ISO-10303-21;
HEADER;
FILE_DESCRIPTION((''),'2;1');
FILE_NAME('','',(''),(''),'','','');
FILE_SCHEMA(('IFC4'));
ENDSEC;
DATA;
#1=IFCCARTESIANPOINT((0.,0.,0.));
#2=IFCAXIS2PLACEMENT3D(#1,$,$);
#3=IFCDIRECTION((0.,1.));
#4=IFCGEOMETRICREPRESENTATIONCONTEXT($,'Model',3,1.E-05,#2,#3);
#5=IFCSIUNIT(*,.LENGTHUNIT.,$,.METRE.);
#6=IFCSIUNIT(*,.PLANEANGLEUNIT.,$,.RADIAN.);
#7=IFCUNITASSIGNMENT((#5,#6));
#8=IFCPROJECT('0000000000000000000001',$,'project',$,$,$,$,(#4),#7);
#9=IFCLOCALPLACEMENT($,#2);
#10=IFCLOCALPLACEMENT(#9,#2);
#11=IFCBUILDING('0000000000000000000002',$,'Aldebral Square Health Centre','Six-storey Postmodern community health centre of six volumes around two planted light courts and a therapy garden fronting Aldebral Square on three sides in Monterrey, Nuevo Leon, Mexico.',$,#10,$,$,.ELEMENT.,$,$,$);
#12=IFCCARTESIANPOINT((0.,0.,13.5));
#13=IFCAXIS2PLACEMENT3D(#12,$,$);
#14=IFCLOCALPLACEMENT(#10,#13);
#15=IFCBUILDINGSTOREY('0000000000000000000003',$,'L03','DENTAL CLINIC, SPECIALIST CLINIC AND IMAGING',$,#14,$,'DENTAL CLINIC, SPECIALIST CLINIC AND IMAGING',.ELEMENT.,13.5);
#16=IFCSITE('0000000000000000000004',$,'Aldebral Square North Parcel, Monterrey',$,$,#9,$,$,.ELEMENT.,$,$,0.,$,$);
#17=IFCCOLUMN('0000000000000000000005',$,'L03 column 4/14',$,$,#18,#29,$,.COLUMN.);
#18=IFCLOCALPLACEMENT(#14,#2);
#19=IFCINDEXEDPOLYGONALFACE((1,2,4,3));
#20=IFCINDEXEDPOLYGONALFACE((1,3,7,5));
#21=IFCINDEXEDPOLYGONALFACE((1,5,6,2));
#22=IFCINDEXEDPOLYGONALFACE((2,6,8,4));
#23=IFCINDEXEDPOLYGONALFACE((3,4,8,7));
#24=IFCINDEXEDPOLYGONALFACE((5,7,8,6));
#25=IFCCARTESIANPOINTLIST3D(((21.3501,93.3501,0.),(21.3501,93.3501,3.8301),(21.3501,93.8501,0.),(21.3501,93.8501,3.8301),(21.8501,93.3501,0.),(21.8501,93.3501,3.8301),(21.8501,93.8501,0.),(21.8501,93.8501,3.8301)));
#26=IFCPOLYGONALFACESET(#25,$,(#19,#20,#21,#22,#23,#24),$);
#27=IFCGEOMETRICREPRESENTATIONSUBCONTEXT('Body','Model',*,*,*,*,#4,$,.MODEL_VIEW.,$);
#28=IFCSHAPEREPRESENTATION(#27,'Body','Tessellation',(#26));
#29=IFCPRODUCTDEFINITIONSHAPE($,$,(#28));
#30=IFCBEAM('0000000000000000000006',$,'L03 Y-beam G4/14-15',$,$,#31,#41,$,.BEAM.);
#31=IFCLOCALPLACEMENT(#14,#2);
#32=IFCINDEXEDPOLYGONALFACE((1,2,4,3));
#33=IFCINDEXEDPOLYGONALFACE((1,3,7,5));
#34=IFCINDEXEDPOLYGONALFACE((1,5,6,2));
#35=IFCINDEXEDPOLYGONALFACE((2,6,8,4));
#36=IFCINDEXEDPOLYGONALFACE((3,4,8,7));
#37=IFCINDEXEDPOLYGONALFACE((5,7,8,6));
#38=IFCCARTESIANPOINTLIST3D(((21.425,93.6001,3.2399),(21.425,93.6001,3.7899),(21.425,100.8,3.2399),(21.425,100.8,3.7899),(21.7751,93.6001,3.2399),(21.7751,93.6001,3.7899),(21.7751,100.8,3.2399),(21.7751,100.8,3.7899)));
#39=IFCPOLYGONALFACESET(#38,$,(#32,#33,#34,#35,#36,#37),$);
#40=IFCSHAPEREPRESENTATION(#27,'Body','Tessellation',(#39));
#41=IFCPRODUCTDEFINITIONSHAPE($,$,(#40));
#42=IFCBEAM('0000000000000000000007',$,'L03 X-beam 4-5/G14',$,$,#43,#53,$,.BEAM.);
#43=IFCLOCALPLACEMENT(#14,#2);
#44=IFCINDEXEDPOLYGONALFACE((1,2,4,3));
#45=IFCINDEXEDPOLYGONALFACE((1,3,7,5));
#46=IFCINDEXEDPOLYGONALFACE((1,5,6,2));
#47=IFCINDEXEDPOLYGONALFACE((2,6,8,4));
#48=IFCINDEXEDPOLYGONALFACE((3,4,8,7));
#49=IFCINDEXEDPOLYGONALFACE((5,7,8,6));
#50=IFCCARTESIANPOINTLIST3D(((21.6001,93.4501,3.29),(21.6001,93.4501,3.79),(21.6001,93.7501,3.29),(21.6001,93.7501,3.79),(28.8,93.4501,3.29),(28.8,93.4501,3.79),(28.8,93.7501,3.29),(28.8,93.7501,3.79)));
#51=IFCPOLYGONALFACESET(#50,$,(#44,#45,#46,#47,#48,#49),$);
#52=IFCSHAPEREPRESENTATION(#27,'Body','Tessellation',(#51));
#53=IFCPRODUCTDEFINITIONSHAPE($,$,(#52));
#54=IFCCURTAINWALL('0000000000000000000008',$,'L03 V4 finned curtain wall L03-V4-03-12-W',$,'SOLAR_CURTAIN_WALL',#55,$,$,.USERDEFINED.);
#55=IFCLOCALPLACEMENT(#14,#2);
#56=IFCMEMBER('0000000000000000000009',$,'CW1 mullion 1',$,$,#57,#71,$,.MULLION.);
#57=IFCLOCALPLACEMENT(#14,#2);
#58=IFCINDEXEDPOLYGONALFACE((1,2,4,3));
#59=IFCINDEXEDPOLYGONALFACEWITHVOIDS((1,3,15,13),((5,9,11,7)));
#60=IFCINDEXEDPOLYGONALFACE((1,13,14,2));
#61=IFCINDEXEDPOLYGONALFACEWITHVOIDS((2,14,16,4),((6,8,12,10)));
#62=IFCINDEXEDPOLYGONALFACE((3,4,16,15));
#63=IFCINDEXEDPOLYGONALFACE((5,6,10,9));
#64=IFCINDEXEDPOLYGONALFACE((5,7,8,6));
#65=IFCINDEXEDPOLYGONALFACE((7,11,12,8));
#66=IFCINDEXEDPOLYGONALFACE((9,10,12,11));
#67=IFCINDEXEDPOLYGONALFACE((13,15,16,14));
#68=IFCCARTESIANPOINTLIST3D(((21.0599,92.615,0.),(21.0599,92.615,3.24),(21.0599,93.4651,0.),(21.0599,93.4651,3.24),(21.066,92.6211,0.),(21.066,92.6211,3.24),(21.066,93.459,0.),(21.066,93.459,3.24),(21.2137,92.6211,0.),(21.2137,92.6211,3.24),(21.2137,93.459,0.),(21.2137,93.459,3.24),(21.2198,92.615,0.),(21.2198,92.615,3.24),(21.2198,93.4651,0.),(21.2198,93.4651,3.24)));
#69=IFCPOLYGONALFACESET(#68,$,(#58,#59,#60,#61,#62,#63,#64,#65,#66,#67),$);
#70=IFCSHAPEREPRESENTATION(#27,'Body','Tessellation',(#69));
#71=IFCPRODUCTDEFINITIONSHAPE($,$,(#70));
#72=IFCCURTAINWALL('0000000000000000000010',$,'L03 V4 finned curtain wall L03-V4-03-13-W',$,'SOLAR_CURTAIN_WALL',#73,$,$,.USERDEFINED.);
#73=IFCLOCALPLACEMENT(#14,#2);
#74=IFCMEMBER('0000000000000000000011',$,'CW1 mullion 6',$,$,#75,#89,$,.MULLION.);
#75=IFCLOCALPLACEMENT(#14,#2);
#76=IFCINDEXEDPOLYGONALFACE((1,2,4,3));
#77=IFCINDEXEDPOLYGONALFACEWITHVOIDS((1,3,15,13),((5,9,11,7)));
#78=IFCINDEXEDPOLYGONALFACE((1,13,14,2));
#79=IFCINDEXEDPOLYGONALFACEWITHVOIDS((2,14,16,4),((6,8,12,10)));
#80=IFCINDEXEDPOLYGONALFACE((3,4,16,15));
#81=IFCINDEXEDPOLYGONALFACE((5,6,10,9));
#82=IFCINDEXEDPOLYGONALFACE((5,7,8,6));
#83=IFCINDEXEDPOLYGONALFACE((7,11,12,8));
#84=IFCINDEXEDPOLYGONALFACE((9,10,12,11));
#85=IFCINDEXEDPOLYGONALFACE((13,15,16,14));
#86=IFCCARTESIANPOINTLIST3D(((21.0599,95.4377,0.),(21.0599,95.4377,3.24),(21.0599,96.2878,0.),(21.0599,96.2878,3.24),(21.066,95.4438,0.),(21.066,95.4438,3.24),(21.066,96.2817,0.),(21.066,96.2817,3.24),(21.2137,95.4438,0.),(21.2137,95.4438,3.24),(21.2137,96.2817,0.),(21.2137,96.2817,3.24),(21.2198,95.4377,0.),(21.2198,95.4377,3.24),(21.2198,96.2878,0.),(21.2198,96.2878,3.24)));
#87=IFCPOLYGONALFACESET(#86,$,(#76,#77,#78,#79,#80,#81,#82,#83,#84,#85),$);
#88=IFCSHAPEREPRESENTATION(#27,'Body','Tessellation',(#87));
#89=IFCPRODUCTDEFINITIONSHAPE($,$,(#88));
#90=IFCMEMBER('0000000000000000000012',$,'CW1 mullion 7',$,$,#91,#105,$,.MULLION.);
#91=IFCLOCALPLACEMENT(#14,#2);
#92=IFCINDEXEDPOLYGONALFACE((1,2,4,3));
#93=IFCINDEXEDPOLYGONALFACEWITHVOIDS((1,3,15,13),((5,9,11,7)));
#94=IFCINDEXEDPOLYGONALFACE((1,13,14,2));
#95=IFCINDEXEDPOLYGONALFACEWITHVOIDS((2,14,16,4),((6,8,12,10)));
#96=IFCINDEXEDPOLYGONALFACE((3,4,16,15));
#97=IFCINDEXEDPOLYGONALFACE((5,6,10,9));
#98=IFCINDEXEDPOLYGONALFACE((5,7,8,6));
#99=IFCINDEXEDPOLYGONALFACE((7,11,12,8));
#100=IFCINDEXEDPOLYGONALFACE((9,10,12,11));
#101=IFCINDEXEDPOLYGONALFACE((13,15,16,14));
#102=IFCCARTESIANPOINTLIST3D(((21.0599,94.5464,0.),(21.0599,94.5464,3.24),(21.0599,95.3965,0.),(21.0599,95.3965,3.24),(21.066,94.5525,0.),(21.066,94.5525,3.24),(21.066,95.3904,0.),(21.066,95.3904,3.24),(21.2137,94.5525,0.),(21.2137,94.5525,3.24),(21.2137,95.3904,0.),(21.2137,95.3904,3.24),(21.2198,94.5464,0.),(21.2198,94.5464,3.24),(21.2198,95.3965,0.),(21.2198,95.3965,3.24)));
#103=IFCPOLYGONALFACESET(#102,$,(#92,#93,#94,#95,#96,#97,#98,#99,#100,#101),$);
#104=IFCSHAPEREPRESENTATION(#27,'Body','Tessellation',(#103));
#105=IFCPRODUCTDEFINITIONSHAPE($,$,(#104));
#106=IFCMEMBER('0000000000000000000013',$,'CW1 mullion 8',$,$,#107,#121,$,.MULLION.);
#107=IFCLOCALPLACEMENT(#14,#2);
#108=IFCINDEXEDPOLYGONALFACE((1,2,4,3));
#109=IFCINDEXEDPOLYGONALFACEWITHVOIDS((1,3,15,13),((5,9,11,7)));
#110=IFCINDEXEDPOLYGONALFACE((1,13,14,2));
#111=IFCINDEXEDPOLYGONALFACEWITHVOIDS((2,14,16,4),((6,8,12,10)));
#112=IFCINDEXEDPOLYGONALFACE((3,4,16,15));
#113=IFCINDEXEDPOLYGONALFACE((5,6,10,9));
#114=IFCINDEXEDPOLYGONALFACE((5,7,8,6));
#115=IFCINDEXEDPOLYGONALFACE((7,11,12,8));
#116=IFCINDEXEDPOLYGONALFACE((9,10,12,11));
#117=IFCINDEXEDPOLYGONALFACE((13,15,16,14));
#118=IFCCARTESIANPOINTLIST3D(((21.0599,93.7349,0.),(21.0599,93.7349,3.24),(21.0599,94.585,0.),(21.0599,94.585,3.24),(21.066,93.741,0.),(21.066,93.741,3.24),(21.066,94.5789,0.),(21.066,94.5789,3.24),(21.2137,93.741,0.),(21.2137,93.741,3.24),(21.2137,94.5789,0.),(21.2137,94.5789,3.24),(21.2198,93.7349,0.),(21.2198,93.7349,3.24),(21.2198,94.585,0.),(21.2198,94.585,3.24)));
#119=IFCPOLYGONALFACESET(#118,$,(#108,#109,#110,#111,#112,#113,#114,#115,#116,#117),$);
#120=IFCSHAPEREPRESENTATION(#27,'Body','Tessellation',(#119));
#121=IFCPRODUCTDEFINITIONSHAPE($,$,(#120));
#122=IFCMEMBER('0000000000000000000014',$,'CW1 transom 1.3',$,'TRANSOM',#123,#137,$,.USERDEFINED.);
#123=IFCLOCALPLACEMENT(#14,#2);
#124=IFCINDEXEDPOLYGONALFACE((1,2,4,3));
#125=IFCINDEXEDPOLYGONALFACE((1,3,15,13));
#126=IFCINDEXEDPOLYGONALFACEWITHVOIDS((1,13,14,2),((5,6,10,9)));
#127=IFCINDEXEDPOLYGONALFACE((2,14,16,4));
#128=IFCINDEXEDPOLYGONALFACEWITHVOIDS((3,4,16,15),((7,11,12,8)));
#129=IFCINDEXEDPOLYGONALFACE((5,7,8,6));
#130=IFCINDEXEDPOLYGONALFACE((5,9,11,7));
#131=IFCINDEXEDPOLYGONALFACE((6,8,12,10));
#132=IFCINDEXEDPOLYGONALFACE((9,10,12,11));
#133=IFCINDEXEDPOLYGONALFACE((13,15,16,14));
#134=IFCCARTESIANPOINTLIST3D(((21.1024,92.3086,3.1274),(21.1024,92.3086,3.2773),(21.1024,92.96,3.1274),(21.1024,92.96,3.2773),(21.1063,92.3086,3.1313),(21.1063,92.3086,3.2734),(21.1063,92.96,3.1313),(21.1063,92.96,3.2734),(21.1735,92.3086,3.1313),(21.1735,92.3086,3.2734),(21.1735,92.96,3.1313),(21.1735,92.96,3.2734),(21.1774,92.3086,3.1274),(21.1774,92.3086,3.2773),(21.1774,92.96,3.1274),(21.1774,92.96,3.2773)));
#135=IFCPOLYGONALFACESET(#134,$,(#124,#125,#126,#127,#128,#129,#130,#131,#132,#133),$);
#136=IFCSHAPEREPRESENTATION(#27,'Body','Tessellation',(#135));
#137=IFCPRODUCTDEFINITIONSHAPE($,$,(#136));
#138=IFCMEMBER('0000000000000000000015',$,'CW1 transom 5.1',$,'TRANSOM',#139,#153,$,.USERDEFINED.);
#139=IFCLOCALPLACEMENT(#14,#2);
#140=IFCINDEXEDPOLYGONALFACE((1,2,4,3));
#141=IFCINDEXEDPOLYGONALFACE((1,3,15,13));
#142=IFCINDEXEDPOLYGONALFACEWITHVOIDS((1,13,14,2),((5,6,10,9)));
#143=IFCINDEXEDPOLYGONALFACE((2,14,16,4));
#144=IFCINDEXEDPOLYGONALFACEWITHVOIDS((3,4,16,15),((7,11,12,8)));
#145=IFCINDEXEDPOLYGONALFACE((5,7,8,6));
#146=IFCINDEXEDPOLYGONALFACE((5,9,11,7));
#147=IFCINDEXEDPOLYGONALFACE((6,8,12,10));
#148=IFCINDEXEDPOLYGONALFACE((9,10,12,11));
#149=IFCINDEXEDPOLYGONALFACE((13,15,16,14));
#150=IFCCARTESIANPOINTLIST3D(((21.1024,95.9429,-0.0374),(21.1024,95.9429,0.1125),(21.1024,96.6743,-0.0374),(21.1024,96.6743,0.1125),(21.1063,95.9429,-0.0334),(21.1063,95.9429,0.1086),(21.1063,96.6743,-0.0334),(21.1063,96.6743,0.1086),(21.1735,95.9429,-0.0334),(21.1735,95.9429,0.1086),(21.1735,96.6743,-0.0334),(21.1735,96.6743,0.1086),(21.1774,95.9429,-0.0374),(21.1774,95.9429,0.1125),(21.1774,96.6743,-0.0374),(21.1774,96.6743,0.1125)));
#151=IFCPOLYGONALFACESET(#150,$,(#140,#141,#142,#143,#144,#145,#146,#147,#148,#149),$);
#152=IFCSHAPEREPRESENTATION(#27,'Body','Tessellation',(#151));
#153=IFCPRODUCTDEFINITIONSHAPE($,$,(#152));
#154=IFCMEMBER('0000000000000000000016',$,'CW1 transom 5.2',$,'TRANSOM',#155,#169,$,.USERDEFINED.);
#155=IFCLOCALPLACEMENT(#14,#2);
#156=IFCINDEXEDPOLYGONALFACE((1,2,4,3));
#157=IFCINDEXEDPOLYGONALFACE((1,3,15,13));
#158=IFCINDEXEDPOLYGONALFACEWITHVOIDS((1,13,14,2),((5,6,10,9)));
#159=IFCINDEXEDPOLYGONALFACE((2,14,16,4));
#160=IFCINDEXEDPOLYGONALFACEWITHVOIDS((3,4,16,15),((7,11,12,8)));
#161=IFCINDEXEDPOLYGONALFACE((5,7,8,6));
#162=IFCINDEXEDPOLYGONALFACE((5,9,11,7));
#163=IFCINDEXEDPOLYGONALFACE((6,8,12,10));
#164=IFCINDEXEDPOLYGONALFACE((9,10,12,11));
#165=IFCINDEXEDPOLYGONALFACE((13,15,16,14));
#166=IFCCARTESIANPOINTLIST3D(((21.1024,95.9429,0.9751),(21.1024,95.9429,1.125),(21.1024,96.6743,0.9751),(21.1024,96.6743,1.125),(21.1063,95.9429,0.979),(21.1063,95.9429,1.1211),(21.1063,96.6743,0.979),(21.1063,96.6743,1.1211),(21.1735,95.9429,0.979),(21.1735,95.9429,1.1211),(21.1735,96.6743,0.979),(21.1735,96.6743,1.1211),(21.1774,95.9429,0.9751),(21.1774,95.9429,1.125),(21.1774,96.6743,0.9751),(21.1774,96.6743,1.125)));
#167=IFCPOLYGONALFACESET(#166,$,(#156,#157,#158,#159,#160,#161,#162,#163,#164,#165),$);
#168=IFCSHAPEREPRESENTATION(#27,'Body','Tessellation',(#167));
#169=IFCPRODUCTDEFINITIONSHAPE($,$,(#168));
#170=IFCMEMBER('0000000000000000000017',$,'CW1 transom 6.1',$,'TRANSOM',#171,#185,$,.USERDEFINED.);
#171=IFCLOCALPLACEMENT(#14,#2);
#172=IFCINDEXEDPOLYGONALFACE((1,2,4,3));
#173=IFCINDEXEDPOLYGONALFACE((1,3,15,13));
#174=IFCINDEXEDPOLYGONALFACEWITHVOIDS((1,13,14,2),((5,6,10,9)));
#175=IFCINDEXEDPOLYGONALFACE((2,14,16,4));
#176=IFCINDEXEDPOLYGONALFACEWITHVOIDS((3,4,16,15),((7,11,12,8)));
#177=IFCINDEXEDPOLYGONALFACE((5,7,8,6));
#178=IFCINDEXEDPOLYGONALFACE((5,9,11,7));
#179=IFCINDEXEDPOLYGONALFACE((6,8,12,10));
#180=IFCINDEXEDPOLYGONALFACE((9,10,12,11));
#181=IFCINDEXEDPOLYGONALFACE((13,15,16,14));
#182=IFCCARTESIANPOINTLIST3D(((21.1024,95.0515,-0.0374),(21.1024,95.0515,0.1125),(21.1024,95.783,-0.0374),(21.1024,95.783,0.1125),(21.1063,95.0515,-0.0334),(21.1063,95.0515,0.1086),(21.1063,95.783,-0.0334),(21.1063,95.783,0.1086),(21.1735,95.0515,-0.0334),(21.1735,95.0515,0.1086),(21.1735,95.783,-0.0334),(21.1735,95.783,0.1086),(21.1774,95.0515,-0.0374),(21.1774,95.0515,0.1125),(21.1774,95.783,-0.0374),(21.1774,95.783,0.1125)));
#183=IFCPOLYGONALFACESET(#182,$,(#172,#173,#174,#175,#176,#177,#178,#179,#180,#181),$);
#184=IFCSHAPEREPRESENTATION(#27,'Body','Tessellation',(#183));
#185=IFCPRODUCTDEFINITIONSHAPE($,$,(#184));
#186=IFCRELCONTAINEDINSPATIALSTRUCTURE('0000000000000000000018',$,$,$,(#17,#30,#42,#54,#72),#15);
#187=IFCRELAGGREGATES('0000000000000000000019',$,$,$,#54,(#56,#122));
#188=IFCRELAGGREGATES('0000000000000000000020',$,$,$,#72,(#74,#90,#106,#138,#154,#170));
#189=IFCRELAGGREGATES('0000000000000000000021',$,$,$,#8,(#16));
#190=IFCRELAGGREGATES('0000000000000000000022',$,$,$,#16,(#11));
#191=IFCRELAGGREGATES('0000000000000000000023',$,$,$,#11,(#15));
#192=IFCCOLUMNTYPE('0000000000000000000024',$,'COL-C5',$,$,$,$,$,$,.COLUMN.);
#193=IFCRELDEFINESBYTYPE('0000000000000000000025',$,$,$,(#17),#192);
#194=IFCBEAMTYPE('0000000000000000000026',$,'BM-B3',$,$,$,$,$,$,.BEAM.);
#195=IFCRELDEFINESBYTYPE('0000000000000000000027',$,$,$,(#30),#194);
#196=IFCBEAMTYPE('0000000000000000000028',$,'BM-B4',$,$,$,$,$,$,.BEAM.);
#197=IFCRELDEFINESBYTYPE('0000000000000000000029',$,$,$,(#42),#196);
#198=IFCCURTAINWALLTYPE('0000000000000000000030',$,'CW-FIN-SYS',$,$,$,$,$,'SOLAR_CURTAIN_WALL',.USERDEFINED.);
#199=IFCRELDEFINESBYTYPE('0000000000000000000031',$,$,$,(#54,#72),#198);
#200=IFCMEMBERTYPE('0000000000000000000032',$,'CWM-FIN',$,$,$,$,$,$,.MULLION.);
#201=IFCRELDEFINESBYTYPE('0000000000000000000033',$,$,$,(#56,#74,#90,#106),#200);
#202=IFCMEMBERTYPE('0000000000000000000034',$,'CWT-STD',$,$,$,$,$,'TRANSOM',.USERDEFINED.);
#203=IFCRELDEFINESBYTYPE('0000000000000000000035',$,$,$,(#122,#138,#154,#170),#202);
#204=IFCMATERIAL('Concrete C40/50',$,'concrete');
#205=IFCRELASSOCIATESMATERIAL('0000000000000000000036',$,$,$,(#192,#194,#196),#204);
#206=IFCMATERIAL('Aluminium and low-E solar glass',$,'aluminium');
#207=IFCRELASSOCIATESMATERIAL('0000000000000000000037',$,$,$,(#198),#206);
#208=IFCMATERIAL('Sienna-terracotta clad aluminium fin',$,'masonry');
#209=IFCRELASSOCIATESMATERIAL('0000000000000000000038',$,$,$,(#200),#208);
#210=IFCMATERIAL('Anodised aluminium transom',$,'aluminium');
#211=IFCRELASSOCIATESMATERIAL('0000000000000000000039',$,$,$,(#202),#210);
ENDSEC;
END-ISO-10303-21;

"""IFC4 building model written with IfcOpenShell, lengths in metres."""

from ifc_helpers import new_model, si_unit, direction, frame, origin, origin_2d, place, context, subcontext, project, spatial, rectangle, hollow_rectangle, extrude, material, material_profile, profile_set, type_object, element, aggregate, save


model = new_model("IFC4")

# Units and contexts
model_context = context("Model", 3, precision=1e-05, world=origin(), true_north=direction((0.0, 1.0)))
body_context = subcontext(model_context, "Body", "Model", "MODEL_VIEW")
ifc_project = project(units=[si_unit("LENGTHUNIT", "METRE"), si_unit("PLANEANGLEUNIT", "RADIAN")], contexts=[model_context])

# Site, building, storey
site_placement = place(None, origin())
site = spatial("IfcSite", under=ifc_project, at=site_placement, Name="Aldebral Square North Parcel, Monterrey", CompositionType="ELEMENT", RefElevation=0.0)
building_placement = place(site_placement, origin())
building = spatial("IfcBuilding", under=site, at=building_placement, Name="Aldebral Square Health Centre", Description="Six-storey Postmodern community health centre of six volumes around two planted light courts and a therapy garden fronting Aldebral Square on three sides in Monterrey, Nuevo Leon, Mexico.", CompositionType="ELEMENT")
storey_placement = place(building_placement, frame((0.0, 0.0, 13.5)))
storey = spatial("IfcBuildingStorey", under=building, at=storey_placement, Name="L03", Description="DENTAL CLINIC, SPECIALIST CLINIC AND IMAGING", LongName="DENTAL CLINIC, SPECIALIST CLINIC AND IMAGING", CompositionType="ELEMENT", Elevation=13.5)

# Column
ifc_material_1 = material(Name="Concrete C40/50", Category="concrete")
ifc_material_profile_1 = material_profile(ifc_material_1, rectangle(XDim=0.5, YDim=0.5, at=origin_2d()), Name="RC 500x500")
ifc_profile_set_1 = profile_set([ifc_material_profile_1], Name="Concrete C40/50")
column_type = type_object("IfcColumnType", Name="COL-C5", PredefinedType="COLUMN", material=ifc_profile_set_1)
column_placement = place(storey_placement, frame((21.6001, 93.6001, 0.0), z_axis=(0.0, 0.0, 1.0), x_axis=(1.0, 0.0, 0.0)))
element("IfcColumn", 1, at=column_placement, inside=storey, type_object=column_type, Name="L03 column 4/14", PredefinedType="COLUMN", context=body_context, shape_type="SweptSolid", body=[
    extrude(rectangle(XDim=0.5, YDim=0.5, at=origin_2d()), origin(), (0.0, 0.0, 1.0), 3.8301),
])

# Beams
ifc_material_profile_2 = material_profile(ifc_material_1, rectangle(XDim=0.3501, YDim=0.55, at=origin_2d()), Name="RC 350x550")
ifc_profile_set_2 = profile_set([ifc_material_profile_2], Name="Concrete C40/50")
beam_type_1 = type_object("IfcBeamType", Name="BM-B3", PredefinedType="BEAM", material=ifc_profile_set_2)
beam_1_placement = place(storey_placement, frame((21.6001, 93.6001, 3.5149), z_axis=(0.0, 1.0, 0.0), x_axis=(-1.0, 0.0, 0.0)))
element("IfcBeam", 2, at=beam_1_placement, inside=storey, type_object=beam_type_1, Name="L03 Y-beam G4/14-15", PredefinedType="BEAM", context=body_context, shape_type="SweptSolid", body=[
    extrude(rectangle(XDim=0.3501, YDim=0.55, at=origin_2d()), origin(), (0.0, 0.0, 1.0), 7.2),
])
ifc_material_profile_3 = material_profile(ifc_material_1, rectangle(XDim=0.3, YDim=0.5, at=origin_2d()), Name="RC 300x500")
ifc_profile_set_3 = profile_set([ifc_material_profile_3], Name="Concrete C40/50")
beam_type_2 = type_object("IfcBeamType", Name="BM-B4", PredefinedType="BEAM", material=ifc_profile_set_3)
beam_2_placement = place(storey_placement, frame((21.6001, 93.6001, 3.54), z_axis=(1.0, 0.0, 0.0), x_axis=(0.0, 1.0, 0.0)))
element("IfcBeam", 3, at=beam_2_placement, inside=storey, type_object=beam_type_2, Name="L03 X-beam 4-5/G14", PredefinedType="BEAM", context=body_context, shape_type="SweptSolid", body=[
    extrude(rectangle(XDim=0.3, YDim=0.5, at=origin_2d()), origin(), (0.0, 0.0, 1.0), 7.2),
])

# Curtain wall, member
ifc_material_2 = material(Name="Aluminium and low-E solar glass", Category="aluminium")
curtain_wall_type = type_object("IfcCurtainWallType", Name="CW-FIN-SYS", ElementType="SOLAR_CURTAIN_WALL", PredefinedType="USERDEFINED", material=ifc_material_2)
curtain_wall_1_placement = place(storey_placement, origin())
curtain_wall_1 = element("IfcCurtainWall", 4, at=curtain_wall_1_placement, inside=storey, type_object=curtain_wall_type, Name="L03 V4 finned curtain wall L03-V4-03-12-W", ObjectType="SOLAR_CURTAIN_WALL", PredefinedType="USERDEFINED")
ifc_material_3 = material(Name="Sienna-terracotta clad aluminium fin", Category="masonry")
ifc_material_profile_4 = material_profile(ifc_material_3, hollow_rectangle(XDim=0.1599, YDim=0.8501, WallThickness=0.0061, at=origin_2d()), Name="FIN 160x850x6")
ifc_profile_set_4 = profile_set([ifc_material_profile_4], Name="Sienna-terracotta clad aluminium fin")
member_type_1 = type_object("IfcMemberType", Name="CWM-FIN", PredefinedType="MULLION", material=ifc_profile_set_4)
member_1_placement = place(storey_placement, frame((21.1399, 93.04, 0.0), z_axis=(0.0, 0.0, 1.0), x_axis=(1.0, 0.0, 0.0)))
member_1 = element("IfcMember", 5, at=member_1_placement, type_object=member_type_1, Name="CW1 mullion 1", PredefinedType="MULLION", context=body_context, shape_type="SweptSolid", body=[
    extrude(hollow_rectangle(XDim=0.1599, YDim=0.8501, WallThickness=0.0061, at=origin_2d()), origin(), (0.0, 0.0, 1.0), 3.24),
])

# Curtain wall, members
curtain_wall_2_placement = place(storey_placement, origin())
curtain_wall_2 = element("IfcCurtainWall", 6, at=curtain_wall_2_placement, inside=storey, type_object=curtain_wall_type, Name="L03 V4 finned curtain wall L03-V4-03-13-W", ObjectType="SOLAR_CURTAIN_WALL", PredefinedType="USERDEFINED")
member_2_placement = place(storey_placement, frame((21.1399, 95.8628, 0.0), z_axis=(0.0, 0.0, 1.0), x_axis=(1.0, 0.0, 0.0)))
member_2 = element("IfcMember", 7, at=member_2_placement, type_object=member_type_1, Name="CW1 mullion 6", PredefinedType="MULLION", context=body_context, shape_type="SweptSolid", body=[
    extrude(hollow_rectangle(XDim=0.1599, YDim=0.8501, WallThickness=0.0061, at=origin_2d()), origin(), (0.0, 0.0, 1.0), 3.24),
])
member_3_placement = place(storey_placement, frame((21.1399, 94.9714, 0.0), z_axis=(0.0, 0.0, 1.0), x_axis=(1.0, 0.0, 0.0)))
member_3 = element("IfcMember", 8, at=member_3_placement, type_object=member_type_1, Name="CW1 mullion 7", PredefinedType="MULLION", context=body_context, shape_type="SweptSolid", body=[
    extrude(hollow_rectangle(XDim=0.1599, YDim=0.8501, WallThickness=0.0061, at=origin_2d()), origin(), (0.0, 0.0, 1.0), 3.24),
])
member_4_placement = place(storey_placement, frame((21.1399, 94.1599, 0.0), z_axis=(0.0, 0.0, 1.0), x_axis=(1.0, 0.0, 0.0)))
member_4 = element("IfcMember", 9, at=member_4_placement, type_object=member_type_1, Name="CW1 mullion 8", PredefinedType="MULLION", context=body_context, shape_type="SweptSolid", body=[
    extrude(hollow_rectangle(XDim=0.1599, YDim=0.8501, WallThickness=0.0061, at=origin_2d()), origin(), (0.0, 0.0, 1.0), 3.24),
])

# Members
ifc_material_4 = material(Name="Anodised aluminium transom", Category="aluminium")
ifc_material_profile_5 = material_profile(ifc_material_4, hollow_rectangle(XDim=0.075, YDim=0.1499, WallThickness=0.0039, at=origin_2d()), Name="CWT 75x150x4")
ifc_profile_set_5 = profile_set([ifc_material_profile_5], Name="Anodised aluminium transom")
member_type_2 = type_object("IfcMemberType", Name="CWT-STD", ElementType="TRANSOM", PredefinedType="USERDEFINED", material=ifc_profile_set_5)
member_5_placement = place(storey_placement, frame((21.1399, 92.96, 3.2024), z_axis=(0.0, -1.0, 0.0), x_axis=(1.0, 0.0, 0.0)))
member_5 = element("IfcMember", 10, at=member_5_placement, type_object=member_type_2, Name="CW1 transom 1.3", ObjectType="TRANSOM", PredefinedType="USERDEFINED", context=body_context, shape_type="SweptSolid", body=[
    extrude(hollow_rectangle(XDim=0.075, YDim=0.1499, WallThickness=0.0039, at=origin_2d()), origin(), (0.0, 0.0, 1.0), 0.6514),
])
aggregate(curtain_wall_1, [member_1, member_5])
member_6_placement = place(storey_placement, frame((21.1399, 96.6743, 0.0376), z_axis=(0.0, -1.0, 0.0), x_axis=(1.0, 0.0, 0.0)))
member_6 = element("IfcMember", 11, at=member_6_placement, type_object=member_type_2, Name="CW1 transom 5.1", ObjectType="TRANSOM", PredefinedType="USERDEFINED", context=body_context, shape_type="SweptSolid", body=[
    extrude(hollow_rectangle(XDim=0.075, YDim=0.1499, WallThickness=0.0039, at=origin_2d()), origin(), (0.0, 0.0, 1.0), 0.7314),
])
member_7_placement = place(storey_placement, frame((21.1399, 96.6743, 1.05), z_axis=(0.0, -1.0, 0.0), x_axis=(1.0, 0.0, 0.0)))
member_7 = element("IfcMember", 12, at=member_7_placement, type_object=member_type_2, Name="CW1 transom 5.2", ObjectType="TRANSOM", PredefinedType="USERDEFINED", context=body_context, shape_type="SweptSolid", body=[
    extrude(hollow_rectangle(XDim=0.075, YDim=0.1499, WallThickness=0.0039, at=origin_2d()), origin(), (0.0, 0.0, 1.0), 0.7314),
])
member_8_placement = place(storey_placement, frame((21.1399, 95.783, 0.0376), z_axis=(0.0, -1.0, 0.0), x_axis=(1.0, 0.0, 0.0)))
member_8 = element("IfcMember", 13, at=member_8_placement, type_object=member_type_2, Name="CW1 transom 6.1", ObjectType="TRANSOM", PredefinedType="USERDEFINED", context=body_context, shape_type="SweptSolid", body=[
    extrude(hollow_rectangle(XDim=0.075, YDim=0.1499, WallThickness=0.0039, at=origin_2d()), origin(), (0.0, 0.0, 1.0), 0.7314),
])

aggregate(curtain_wall_2, [member_2, member_3, member_4, member_6, member_7, member_8])

save(model, "model.ifc")
